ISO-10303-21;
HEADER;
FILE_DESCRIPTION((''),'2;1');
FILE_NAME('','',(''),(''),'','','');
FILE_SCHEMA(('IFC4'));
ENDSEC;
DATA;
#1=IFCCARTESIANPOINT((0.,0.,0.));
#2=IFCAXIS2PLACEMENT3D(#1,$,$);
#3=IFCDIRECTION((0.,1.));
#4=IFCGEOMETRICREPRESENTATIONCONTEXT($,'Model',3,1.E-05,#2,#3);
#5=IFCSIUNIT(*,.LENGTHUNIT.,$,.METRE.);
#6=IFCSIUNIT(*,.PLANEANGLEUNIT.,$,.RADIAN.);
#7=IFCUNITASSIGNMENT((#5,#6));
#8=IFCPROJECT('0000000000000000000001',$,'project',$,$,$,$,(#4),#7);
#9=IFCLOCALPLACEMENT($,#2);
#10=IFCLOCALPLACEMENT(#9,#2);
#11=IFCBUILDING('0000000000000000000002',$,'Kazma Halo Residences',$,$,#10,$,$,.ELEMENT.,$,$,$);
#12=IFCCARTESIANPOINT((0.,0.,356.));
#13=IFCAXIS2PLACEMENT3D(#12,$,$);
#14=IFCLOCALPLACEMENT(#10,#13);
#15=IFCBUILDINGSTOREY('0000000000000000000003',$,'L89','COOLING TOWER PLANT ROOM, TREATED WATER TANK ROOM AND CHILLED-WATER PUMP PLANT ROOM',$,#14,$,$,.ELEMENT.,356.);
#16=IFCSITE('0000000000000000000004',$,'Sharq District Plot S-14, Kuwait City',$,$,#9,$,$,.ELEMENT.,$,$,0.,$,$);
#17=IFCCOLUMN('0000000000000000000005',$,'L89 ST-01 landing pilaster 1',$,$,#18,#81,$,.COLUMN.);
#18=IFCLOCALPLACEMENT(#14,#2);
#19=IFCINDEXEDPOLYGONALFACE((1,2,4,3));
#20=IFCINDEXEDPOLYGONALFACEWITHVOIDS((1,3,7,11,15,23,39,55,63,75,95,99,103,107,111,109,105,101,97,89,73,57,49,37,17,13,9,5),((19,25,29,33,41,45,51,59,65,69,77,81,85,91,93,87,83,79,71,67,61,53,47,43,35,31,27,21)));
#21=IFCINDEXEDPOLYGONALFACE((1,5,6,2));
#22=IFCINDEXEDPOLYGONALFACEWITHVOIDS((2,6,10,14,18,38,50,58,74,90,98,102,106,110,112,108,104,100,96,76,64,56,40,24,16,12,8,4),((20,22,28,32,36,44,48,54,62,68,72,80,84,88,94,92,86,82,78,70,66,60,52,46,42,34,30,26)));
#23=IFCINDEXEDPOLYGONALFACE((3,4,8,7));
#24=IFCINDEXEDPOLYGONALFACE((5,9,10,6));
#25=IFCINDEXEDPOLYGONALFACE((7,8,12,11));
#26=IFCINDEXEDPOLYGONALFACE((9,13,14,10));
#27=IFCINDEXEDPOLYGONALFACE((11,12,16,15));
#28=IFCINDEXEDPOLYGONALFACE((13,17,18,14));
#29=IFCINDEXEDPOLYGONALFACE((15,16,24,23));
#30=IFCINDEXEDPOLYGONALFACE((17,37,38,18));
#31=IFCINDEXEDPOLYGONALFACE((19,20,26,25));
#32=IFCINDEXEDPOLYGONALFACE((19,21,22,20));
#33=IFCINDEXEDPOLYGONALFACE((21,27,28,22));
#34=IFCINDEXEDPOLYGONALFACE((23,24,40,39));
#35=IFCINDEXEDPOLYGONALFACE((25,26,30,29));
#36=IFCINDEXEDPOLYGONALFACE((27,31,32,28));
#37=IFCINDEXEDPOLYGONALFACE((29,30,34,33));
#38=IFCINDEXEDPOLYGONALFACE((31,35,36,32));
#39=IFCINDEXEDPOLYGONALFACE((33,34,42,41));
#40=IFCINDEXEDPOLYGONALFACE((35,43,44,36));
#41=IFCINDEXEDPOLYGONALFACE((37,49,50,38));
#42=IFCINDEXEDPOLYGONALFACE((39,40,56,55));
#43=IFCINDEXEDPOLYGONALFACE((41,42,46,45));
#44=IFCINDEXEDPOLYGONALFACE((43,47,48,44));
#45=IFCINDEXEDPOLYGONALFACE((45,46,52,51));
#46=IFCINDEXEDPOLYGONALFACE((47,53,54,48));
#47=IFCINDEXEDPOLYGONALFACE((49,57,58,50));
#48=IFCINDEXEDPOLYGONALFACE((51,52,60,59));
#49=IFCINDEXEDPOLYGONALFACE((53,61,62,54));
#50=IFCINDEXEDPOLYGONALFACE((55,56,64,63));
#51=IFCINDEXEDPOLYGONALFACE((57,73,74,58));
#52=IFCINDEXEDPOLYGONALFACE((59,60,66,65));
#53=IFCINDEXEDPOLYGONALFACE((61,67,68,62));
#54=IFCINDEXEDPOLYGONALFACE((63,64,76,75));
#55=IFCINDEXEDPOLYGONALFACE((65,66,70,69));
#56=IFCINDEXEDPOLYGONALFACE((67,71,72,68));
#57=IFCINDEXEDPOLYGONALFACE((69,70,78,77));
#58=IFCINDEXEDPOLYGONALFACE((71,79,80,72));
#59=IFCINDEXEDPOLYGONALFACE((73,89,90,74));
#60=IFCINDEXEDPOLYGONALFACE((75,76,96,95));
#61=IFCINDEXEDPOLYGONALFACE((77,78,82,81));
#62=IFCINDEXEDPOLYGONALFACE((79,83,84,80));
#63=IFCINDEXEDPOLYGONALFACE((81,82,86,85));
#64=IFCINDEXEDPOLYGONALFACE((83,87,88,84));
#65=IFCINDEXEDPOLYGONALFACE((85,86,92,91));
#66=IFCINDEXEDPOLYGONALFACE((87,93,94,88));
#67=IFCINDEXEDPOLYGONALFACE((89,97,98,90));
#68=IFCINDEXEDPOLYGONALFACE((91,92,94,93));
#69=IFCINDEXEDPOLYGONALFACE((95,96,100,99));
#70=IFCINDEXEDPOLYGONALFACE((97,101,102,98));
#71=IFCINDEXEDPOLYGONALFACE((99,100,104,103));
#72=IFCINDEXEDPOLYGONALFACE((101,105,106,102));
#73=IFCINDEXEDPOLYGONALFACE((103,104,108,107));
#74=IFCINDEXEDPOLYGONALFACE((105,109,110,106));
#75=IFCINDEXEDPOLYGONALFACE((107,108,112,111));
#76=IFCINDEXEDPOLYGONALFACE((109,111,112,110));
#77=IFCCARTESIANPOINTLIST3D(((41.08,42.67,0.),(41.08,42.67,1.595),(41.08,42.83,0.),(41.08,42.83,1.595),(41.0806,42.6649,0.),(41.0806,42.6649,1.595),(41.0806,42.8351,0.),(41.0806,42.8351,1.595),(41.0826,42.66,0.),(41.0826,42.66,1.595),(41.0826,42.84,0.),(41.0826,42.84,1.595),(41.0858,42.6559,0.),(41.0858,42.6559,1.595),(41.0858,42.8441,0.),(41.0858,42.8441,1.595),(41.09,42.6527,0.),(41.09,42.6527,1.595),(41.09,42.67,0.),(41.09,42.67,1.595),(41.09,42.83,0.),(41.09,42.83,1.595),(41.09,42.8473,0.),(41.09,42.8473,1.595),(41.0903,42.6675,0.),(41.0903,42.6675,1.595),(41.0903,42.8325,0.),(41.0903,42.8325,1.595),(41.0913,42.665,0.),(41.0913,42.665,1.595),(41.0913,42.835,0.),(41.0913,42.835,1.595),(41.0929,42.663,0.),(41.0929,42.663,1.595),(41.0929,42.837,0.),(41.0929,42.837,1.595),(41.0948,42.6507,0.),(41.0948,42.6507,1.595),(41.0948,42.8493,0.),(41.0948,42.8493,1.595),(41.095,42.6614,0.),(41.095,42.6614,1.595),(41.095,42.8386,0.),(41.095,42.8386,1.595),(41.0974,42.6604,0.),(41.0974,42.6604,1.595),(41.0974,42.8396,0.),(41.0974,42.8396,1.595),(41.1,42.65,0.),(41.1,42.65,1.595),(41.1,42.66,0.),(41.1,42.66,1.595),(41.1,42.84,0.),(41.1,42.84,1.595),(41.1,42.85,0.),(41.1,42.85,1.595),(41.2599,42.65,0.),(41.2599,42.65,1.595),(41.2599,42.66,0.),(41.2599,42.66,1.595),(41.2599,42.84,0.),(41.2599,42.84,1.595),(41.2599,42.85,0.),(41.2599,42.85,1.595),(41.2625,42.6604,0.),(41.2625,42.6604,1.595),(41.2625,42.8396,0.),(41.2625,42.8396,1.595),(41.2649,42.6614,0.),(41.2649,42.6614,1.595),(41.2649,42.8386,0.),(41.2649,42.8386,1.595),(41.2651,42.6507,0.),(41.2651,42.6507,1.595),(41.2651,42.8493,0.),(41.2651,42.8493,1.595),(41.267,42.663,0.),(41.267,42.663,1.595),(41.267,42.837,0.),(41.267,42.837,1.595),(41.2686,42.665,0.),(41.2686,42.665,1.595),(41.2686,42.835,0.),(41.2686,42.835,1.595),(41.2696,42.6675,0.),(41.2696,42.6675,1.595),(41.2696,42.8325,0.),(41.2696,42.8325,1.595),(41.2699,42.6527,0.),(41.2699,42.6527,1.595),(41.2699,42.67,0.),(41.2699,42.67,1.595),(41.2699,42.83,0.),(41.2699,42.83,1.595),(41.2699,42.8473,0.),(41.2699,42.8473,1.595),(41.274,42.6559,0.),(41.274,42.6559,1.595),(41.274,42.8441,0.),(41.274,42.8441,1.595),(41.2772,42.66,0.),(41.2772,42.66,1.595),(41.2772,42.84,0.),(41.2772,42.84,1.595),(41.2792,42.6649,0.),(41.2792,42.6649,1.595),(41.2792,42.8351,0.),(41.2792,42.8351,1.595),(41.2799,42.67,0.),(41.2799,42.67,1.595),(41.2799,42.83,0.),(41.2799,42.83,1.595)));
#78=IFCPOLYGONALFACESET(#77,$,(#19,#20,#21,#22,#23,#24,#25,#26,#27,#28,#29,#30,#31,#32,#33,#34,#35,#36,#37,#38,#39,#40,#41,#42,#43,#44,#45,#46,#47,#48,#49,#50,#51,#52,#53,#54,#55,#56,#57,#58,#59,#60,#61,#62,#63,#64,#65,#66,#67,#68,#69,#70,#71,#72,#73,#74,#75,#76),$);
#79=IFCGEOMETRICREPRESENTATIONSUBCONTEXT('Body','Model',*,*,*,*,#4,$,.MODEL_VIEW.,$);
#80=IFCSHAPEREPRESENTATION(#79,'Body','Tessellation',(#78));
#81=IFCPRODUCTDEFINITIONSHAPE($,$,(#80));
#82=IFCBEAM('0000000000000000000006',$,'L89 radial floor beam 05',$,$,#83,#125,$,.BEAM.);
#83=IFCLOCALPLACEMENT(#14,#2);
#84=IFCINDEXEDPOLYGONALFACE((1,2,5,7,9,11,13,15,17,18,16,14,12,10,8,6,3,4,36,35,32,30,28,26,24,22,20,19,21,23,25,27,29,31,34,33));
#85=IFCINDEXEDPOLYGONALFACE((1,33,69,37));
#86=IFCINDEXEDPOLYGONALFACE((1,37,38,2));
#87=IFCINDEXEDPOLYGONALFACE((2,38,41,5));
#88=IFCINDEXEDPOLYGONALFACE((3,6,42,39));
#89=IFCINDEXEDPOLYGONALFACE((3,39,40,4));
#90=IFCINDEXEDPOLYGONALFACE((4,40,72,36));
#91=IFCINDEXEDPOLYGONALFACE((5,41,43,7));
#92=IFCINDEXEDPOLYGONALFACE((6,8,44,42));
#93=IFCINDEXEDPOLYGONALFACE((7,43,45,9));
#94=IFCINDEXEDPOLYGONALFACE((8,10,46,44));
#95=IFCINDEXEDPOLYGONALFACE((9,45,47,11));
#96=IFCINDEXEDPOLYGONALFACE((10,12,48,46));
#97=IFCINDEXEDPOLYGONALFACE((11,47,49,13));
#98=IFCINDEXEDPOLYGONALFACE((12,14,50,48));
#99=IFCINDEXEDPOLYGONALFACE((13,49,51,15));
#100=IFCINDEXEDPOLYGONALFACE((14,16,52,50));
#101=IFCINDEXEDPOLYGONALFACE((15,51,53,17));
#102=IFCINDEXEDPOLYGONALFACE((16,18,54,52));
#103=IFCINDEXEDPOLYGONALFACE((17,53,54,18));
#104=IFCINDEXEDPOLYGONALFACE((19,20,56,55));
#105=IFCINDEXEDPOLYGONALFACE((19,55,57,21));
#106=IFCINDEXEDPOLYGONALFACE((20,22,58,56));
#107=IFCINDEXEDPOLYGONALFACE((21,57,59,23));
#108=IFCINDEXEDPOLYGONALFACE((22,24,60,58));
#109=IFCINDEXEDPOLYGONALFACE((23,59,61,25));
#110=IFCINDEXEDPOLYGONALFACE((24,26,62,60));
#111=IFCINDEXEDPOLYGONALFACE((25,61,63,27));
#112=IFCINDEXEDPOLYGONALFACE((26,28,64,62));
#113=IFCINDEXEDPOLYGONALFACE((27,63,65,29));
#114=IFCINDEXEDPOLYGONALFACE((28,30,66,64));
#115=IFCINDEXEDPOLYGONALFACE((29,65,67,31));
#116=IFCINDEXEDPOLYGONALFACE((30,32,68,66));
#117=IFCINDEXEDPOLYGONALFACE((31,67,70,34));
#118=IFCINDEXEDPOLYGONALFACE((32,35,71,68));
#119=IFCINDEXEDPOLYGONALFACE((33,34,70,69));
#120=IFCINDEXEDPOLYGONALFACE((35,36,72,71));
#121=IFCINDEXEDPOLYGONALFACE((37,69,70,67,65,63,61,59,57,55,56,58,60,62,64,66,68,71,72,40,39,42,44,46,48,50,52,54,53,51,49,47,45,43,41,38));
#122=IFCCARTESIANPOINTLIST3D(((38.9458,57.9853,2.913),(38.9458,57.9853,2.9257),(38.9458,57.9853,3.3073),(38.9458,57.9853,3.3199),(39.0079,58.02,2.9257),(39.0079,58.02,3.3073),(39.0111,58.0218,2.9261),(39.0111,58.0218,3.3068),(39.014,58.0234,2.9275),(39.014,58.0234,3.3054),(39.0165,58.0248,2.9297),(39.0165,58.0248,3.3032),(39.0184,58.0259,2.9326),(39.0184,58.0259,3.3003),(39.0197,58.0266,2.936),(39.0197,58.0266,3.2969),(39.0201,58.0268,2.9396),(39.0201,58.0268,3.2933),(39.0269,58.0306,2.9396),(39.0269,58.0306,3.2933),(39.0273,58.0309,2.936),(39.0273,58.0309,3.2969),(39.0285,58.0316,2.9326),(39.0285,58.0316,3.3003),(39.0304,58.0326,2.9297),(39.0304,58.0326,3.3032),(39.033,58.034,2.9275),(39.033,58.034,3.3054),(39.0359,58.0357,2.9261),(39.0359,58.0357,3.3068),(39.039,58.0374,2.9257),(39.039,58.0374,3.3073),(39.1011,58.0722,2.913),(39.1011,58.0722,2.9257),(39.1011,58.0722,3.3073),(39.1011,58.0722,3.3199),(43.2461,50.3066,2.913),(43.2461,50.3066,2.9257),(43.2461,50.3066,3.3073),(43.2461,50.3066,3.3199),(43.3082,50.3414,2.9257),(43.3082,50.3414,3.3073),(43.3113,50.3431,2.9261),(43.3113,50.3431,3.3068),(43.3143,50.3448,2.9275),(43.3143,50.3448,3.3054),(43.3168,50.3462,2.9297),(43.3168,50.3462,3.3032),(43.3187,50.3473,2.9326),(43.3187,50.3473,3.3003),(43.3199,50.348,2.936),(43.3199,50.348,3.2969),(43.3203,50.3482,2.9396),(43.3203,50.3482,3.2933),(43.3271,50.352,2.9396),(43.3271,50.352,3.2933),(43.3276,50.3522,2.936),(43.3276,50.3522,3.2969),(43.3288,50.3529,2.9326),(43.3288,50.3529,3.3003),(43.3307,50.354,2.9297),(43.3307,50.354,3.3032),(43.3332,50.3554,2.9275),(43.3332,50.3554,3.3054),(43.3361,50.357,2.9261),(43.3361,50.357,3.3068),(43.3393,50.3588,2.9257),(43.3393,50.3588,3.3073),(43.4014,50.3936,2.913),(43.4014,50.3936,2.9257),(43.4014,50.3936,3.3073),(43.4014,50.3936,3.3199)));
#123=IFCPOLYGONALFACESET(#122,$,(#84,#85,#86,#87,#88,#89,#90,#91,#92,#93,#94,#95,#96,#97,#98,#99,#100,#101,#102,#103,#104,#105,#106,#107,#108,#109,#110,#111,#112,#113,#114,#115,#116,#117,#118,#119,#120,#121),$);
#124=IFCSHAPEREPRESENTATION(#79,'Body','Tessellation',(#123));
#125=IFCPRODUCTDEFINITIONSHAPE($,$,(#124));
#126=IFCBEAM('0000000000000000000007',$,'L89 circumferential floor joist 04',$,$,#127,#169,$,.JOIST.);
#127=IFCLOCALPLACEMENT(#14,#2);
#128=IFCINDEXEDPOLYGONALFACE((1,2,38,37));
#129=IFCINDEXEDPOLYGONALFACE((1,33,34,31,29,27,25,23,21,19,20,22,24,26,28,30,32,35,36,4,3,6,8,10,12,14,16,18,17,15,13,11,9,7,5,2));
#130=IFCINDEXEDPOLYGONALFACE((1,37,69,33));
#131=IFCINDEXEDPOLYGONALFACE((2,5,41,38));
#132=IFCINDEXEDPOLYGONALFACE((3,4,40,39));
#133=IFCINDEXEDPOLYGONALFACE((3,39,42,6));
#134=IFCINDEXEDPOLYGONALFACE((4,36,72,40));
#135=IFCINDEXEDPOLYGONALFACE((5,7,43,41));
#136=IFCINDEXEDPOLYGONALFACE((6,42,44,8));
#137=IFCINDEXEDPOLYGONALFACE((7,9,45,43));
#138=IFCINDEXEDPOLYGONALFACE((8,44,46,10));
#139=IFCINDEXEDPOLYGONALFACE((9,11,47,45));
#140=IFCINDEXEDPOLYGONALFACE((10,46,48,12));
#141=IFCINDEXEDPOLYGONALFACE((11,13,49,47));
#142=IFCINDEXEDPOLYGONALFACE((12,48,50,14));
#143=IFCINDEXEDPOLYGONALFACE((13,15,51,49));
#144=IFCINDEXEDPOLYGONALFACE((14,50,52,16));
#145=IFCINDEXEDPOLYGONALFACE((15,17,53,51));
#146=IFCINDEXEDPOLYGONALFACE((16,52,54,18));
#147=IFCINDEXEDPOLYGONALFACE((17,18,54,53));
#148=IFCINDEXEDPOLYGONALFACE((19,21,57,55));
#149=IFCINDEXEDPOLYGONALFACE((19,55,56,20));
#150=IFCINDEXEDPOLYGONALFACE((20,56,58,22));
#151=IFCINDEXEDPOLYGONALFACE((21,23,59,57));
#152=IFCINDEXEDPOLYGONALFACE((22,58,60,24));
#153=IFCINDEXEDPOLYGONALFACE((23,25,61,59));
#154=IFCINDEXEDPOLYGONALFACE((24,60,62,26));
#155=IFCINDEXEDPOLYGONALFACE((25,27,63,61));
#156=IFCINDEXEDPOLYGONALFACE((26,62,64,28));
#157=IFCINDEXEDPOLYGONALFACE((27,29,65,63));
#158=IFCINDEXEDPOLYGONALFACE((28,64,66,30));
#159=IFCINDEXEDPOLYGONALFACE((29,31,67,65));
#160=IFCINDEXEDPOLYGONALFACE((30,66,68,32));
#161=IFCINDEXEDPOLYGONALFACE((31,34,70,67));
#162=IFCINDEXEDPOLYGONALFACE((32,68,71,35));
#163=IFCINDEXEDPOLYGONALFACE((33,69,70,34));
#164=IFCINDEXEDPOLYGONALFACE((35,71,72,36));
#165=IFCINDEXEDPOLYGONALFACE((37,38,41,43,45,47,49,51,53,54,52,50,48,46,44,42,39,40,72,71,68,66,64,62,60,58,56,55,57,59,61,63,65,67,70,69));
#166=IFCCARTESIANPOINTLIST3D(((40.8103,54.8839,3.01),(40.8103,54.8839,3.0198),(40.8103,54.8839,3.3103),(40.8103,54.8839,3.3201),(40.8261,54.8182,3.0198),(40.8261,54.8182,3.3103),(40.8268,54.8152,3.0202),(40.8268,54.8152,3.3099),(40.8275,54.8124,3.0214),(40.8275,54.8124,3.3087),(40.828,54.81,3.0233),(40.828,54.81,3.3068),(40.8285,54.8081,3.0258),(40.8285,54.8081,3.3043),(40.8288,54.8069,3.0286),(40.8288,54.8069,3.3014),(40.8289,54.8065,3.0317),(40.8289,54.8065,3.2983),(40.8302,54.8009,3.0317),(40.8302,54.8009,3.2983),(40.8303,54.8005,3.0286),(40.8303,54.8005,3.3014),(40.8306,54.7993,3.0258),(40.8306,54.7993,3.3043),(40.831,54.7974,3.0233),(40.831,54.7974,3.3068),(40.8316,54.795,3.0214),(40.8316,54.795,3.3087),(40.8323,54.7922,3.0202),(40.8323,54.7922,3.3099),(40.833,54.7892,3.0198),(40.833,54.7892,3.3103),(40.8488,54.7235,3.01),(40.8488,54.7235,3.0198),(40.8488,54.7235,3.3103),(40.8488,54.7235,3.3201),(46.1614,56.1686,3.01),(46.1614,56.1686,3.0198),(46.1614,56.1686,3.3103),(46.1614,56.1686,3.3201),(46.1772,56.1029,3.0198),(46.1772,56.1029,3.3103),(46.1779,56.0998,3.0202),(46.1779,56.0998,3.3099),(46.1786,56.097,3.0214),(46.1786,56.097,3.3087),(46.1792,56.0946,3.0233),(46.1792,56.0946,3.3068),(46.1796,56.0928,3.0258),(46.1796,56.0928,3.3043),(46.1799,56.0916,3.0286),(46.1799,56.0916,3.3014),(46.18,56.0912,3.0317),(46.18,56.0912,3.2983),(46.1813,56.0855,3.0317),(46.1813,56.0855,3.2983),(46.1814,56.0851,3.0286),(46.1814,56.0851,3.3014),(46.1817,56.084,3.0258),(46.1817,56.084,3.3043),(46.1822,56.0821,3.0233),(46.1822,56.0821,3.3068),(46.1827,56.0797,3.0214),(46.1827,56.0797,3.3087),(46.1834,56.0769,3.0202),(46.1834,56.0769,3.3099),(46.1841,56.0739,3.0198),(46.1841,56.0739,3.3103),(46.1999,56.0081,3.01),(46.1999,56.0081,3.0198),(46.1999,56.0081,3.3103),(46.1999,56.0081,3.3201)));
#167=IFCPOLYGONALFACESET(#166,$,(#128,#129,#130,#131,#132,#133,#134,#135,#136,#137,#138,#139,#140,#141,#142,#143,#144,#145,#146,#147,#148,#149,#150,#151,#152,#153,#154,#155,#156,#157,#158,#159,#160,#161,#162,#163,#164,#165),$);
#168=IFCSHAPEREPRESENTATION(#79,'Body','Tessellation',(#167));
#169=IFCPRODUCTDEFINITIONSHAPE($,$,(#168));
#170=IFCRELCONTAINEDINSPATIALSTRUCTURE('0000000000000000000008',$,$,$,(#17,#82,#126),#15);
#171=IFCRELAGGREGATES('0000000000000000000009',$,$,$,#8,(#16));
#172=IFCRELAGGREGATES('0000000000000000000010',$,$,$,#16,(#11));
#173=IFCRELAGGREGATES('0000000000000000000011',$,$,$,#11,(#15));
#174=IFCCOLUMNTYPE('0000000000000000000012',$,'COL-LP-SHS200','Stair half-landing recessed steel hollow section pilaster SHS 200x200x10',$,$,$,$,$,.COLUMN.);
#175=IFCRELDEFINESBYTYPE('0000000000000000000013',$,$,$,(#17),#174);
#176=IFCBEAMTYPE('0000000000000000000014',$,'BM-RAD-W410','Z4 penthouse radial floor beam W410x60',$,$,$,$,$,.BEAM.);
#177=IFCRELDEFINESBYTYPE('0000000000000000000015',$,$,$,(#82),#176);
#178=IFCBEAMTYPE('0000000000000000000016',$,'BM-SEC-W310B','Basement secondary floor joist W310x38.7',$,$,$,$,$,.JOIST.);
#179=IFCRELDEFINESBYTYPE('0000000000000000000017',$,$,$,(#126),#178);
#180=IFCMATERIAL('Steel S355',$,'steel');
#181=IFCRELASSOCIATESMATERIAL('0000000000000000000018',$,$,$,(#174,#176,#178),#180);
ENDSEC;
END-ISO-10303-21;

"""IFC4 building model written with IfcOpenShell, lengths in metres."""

from ifc_helpers import new_model, si_unit, direction, frame, origin, origin_2d, place, context, subcontext, project, spatial, hollow_rectangle, i_section, extrude, material, material_profile, profile_set, type_object, element, save


model = new_model("IFC4")

# Units and contexts
model_context = context("Model", 3, precision=1e-05, world=origin(), true_north=direction((0.0, 1.0)))
body_context = subcontext(model_context, "Body", "Model", "MODEL_VIEW")
ifc_project = project(units=[si_unit("LENGTHUNIT", "METRE"), si_unit("PLANEANGLEUNIT", "RADIAN")], contexts=[model_context])

# Site, building, storey
site_placement = place(None, origin())
site = spatial("IfcSite", under=ifc_project, at=site_placement, Name="Sharq District Plot S-14, Kuwait City", CompositionType="ELEMENT", RefElevation=0.0)
building_placement = place(site_placement, origin())
building = spatial("IfcBuilding", under=site, at=building_placement, Name="Kazma Halo Residences", CompositionType="ELEMENT")
storey_placement = place(building_placement, frame((0.0, 0.0, 356.0)))
storey = spatial("IfcBuildingStorey", under=building, at=storey_placement, Name="L89", Description="COOLING TOWER PLANT ROOM, TREATED WATER TANK ROOM AND CHILLED-WATER PUMP PLANT ROOM", CompositionType="ELEMENT", Elevation=356.0)

# Column
ifc_material_1 = material(Name="Steel S355", Category="steel")
ifc_material_profile_1 = material_profile(ifc_material_1, hollow_rectangle(XDim=0.2, YDim=0.2, WallThickness=0.01, InnerFilletRadius=0.01, OuterFilletRadius=0.02, at=origin_2d()), Name="SHS200x200x10")
ifc_profile_set_1 = profile_set([ifc_material_profile_1], Name="Steel S355")
column_type_1 = type_object("IfcColumnType", Name="COL-LP-SHS200", Description="Stair half-landing recessed steel hollow section pilaster SHS 200x200x10", PredefinedType="COLUMN", material=ifc_profile_set_1)
column_placement = place(storey_placement, frame((41.1799, 42.75, 0.0), z_axis=(0.0, 0.0, 1.0), x_axis=(1.0, 0.0, 0.0)))
element("IfcColumn", 1, at=column_placement, inside=storey, type_object=column_type_1, Name="L89 ST-01 landing pilaster 1", PredefinedType="COLUMN", context=body_context, shape_type="SweptSolid", body=[
    extrude(hollow_rectangle(XDim=0.2, YDim=0.2, WallThickness=0.01, InnerFilletRadius=0.01, OuterFilletRadius=0.02, at=origin_2d()), origin(), (0.0, 0.0, 1.0), 1.595),
])

# Beams
ifc_material_profile_2 = material_profile(ifc_material_1, i_section(OverallWidth=0.178, OverallDepth=0.407, WebThickness=0.0078, FlangeThickness=0.0127, FilletRadius=0.0139, at=origin_2d()), Name="W410x60")
ifc_profile_set_2 = profile_set([ifc_material_profile_2], Name="Steel S355")
beam_type_1 = type_object("IfcBeamType", Name="BM-RAD-W410", Description="Z4 penthouse radial floor beam W410x60", PredefinedType="BEAM", material=ifc_profile_set_2)
beam_1_placement = place(storey_placement, frame((43.3237, 50.3501, 3.1165), z_axis=(-0.488622, 0.872496, 0.0), x_axis=(-0.872496, -0.488622, 0.0)))
element("IfcBeam", 2, at=beam_1_placement, inside=storey, type_object=beam_type_1, Name="L89 radial floor beam 05", PredefinedType="BEAM", context=body_context, shape_type="SweptSolid", body=[
    extrude(i_section(OverallWidth=0.178, OverallDepth=0.407, WebThickness=0.0078, FlangeThickness=0.0127, FilletRadius=0.0139, at=origin_2d()), origin(), (0.0, 0.0, 1.0), 8.8008),
])
ifc_material_profile_3 = material_profile(ifc_material_1, i_section(OverallWidth=0.165, OverallDepth=0.3101, WebThickness=0.0059, FlangeThickness=0.0098, FilletRadius=0.012, at=origin_2d()), Name="W310x38.7")
ifc_profile_set_3 = profile_set([ifc_material_profile_3], Name="Steel S355")
beam_type_2 = type_object("IfcBeamType", Name="BM-SEC-W310B", Description="Basement secondary floor joist W310x38.7", PredefinedType="JOIST", material=ifc_profile_set_3)
beam_2_placement = place(storey_placement, frame((46.1807, 56.0884, 3.165), z_axis=(-0.97237, -0.233443, 0.0), x_axis=(0.233443, -0.97237, 0.0)))
element("IfcBeam", 3, at=beam_2_placement, inside=storey, type_object=beam_type_2, Name="L89 circumferential floor joist 04", PredefinedType="JOIST", context=body_context, shape_type="SweptSolid", body=[
    extrude(i_section(OverallWidth=0.165, OverallDepth=0.3101, WebThickness=0.0059, FlangeThickness=0.0098, FilletRadius=0.012, at=origin_2d()), origin(), (0.0, 0.0, 1.0), 5.5032),
])

save(model, "model.ifc")
